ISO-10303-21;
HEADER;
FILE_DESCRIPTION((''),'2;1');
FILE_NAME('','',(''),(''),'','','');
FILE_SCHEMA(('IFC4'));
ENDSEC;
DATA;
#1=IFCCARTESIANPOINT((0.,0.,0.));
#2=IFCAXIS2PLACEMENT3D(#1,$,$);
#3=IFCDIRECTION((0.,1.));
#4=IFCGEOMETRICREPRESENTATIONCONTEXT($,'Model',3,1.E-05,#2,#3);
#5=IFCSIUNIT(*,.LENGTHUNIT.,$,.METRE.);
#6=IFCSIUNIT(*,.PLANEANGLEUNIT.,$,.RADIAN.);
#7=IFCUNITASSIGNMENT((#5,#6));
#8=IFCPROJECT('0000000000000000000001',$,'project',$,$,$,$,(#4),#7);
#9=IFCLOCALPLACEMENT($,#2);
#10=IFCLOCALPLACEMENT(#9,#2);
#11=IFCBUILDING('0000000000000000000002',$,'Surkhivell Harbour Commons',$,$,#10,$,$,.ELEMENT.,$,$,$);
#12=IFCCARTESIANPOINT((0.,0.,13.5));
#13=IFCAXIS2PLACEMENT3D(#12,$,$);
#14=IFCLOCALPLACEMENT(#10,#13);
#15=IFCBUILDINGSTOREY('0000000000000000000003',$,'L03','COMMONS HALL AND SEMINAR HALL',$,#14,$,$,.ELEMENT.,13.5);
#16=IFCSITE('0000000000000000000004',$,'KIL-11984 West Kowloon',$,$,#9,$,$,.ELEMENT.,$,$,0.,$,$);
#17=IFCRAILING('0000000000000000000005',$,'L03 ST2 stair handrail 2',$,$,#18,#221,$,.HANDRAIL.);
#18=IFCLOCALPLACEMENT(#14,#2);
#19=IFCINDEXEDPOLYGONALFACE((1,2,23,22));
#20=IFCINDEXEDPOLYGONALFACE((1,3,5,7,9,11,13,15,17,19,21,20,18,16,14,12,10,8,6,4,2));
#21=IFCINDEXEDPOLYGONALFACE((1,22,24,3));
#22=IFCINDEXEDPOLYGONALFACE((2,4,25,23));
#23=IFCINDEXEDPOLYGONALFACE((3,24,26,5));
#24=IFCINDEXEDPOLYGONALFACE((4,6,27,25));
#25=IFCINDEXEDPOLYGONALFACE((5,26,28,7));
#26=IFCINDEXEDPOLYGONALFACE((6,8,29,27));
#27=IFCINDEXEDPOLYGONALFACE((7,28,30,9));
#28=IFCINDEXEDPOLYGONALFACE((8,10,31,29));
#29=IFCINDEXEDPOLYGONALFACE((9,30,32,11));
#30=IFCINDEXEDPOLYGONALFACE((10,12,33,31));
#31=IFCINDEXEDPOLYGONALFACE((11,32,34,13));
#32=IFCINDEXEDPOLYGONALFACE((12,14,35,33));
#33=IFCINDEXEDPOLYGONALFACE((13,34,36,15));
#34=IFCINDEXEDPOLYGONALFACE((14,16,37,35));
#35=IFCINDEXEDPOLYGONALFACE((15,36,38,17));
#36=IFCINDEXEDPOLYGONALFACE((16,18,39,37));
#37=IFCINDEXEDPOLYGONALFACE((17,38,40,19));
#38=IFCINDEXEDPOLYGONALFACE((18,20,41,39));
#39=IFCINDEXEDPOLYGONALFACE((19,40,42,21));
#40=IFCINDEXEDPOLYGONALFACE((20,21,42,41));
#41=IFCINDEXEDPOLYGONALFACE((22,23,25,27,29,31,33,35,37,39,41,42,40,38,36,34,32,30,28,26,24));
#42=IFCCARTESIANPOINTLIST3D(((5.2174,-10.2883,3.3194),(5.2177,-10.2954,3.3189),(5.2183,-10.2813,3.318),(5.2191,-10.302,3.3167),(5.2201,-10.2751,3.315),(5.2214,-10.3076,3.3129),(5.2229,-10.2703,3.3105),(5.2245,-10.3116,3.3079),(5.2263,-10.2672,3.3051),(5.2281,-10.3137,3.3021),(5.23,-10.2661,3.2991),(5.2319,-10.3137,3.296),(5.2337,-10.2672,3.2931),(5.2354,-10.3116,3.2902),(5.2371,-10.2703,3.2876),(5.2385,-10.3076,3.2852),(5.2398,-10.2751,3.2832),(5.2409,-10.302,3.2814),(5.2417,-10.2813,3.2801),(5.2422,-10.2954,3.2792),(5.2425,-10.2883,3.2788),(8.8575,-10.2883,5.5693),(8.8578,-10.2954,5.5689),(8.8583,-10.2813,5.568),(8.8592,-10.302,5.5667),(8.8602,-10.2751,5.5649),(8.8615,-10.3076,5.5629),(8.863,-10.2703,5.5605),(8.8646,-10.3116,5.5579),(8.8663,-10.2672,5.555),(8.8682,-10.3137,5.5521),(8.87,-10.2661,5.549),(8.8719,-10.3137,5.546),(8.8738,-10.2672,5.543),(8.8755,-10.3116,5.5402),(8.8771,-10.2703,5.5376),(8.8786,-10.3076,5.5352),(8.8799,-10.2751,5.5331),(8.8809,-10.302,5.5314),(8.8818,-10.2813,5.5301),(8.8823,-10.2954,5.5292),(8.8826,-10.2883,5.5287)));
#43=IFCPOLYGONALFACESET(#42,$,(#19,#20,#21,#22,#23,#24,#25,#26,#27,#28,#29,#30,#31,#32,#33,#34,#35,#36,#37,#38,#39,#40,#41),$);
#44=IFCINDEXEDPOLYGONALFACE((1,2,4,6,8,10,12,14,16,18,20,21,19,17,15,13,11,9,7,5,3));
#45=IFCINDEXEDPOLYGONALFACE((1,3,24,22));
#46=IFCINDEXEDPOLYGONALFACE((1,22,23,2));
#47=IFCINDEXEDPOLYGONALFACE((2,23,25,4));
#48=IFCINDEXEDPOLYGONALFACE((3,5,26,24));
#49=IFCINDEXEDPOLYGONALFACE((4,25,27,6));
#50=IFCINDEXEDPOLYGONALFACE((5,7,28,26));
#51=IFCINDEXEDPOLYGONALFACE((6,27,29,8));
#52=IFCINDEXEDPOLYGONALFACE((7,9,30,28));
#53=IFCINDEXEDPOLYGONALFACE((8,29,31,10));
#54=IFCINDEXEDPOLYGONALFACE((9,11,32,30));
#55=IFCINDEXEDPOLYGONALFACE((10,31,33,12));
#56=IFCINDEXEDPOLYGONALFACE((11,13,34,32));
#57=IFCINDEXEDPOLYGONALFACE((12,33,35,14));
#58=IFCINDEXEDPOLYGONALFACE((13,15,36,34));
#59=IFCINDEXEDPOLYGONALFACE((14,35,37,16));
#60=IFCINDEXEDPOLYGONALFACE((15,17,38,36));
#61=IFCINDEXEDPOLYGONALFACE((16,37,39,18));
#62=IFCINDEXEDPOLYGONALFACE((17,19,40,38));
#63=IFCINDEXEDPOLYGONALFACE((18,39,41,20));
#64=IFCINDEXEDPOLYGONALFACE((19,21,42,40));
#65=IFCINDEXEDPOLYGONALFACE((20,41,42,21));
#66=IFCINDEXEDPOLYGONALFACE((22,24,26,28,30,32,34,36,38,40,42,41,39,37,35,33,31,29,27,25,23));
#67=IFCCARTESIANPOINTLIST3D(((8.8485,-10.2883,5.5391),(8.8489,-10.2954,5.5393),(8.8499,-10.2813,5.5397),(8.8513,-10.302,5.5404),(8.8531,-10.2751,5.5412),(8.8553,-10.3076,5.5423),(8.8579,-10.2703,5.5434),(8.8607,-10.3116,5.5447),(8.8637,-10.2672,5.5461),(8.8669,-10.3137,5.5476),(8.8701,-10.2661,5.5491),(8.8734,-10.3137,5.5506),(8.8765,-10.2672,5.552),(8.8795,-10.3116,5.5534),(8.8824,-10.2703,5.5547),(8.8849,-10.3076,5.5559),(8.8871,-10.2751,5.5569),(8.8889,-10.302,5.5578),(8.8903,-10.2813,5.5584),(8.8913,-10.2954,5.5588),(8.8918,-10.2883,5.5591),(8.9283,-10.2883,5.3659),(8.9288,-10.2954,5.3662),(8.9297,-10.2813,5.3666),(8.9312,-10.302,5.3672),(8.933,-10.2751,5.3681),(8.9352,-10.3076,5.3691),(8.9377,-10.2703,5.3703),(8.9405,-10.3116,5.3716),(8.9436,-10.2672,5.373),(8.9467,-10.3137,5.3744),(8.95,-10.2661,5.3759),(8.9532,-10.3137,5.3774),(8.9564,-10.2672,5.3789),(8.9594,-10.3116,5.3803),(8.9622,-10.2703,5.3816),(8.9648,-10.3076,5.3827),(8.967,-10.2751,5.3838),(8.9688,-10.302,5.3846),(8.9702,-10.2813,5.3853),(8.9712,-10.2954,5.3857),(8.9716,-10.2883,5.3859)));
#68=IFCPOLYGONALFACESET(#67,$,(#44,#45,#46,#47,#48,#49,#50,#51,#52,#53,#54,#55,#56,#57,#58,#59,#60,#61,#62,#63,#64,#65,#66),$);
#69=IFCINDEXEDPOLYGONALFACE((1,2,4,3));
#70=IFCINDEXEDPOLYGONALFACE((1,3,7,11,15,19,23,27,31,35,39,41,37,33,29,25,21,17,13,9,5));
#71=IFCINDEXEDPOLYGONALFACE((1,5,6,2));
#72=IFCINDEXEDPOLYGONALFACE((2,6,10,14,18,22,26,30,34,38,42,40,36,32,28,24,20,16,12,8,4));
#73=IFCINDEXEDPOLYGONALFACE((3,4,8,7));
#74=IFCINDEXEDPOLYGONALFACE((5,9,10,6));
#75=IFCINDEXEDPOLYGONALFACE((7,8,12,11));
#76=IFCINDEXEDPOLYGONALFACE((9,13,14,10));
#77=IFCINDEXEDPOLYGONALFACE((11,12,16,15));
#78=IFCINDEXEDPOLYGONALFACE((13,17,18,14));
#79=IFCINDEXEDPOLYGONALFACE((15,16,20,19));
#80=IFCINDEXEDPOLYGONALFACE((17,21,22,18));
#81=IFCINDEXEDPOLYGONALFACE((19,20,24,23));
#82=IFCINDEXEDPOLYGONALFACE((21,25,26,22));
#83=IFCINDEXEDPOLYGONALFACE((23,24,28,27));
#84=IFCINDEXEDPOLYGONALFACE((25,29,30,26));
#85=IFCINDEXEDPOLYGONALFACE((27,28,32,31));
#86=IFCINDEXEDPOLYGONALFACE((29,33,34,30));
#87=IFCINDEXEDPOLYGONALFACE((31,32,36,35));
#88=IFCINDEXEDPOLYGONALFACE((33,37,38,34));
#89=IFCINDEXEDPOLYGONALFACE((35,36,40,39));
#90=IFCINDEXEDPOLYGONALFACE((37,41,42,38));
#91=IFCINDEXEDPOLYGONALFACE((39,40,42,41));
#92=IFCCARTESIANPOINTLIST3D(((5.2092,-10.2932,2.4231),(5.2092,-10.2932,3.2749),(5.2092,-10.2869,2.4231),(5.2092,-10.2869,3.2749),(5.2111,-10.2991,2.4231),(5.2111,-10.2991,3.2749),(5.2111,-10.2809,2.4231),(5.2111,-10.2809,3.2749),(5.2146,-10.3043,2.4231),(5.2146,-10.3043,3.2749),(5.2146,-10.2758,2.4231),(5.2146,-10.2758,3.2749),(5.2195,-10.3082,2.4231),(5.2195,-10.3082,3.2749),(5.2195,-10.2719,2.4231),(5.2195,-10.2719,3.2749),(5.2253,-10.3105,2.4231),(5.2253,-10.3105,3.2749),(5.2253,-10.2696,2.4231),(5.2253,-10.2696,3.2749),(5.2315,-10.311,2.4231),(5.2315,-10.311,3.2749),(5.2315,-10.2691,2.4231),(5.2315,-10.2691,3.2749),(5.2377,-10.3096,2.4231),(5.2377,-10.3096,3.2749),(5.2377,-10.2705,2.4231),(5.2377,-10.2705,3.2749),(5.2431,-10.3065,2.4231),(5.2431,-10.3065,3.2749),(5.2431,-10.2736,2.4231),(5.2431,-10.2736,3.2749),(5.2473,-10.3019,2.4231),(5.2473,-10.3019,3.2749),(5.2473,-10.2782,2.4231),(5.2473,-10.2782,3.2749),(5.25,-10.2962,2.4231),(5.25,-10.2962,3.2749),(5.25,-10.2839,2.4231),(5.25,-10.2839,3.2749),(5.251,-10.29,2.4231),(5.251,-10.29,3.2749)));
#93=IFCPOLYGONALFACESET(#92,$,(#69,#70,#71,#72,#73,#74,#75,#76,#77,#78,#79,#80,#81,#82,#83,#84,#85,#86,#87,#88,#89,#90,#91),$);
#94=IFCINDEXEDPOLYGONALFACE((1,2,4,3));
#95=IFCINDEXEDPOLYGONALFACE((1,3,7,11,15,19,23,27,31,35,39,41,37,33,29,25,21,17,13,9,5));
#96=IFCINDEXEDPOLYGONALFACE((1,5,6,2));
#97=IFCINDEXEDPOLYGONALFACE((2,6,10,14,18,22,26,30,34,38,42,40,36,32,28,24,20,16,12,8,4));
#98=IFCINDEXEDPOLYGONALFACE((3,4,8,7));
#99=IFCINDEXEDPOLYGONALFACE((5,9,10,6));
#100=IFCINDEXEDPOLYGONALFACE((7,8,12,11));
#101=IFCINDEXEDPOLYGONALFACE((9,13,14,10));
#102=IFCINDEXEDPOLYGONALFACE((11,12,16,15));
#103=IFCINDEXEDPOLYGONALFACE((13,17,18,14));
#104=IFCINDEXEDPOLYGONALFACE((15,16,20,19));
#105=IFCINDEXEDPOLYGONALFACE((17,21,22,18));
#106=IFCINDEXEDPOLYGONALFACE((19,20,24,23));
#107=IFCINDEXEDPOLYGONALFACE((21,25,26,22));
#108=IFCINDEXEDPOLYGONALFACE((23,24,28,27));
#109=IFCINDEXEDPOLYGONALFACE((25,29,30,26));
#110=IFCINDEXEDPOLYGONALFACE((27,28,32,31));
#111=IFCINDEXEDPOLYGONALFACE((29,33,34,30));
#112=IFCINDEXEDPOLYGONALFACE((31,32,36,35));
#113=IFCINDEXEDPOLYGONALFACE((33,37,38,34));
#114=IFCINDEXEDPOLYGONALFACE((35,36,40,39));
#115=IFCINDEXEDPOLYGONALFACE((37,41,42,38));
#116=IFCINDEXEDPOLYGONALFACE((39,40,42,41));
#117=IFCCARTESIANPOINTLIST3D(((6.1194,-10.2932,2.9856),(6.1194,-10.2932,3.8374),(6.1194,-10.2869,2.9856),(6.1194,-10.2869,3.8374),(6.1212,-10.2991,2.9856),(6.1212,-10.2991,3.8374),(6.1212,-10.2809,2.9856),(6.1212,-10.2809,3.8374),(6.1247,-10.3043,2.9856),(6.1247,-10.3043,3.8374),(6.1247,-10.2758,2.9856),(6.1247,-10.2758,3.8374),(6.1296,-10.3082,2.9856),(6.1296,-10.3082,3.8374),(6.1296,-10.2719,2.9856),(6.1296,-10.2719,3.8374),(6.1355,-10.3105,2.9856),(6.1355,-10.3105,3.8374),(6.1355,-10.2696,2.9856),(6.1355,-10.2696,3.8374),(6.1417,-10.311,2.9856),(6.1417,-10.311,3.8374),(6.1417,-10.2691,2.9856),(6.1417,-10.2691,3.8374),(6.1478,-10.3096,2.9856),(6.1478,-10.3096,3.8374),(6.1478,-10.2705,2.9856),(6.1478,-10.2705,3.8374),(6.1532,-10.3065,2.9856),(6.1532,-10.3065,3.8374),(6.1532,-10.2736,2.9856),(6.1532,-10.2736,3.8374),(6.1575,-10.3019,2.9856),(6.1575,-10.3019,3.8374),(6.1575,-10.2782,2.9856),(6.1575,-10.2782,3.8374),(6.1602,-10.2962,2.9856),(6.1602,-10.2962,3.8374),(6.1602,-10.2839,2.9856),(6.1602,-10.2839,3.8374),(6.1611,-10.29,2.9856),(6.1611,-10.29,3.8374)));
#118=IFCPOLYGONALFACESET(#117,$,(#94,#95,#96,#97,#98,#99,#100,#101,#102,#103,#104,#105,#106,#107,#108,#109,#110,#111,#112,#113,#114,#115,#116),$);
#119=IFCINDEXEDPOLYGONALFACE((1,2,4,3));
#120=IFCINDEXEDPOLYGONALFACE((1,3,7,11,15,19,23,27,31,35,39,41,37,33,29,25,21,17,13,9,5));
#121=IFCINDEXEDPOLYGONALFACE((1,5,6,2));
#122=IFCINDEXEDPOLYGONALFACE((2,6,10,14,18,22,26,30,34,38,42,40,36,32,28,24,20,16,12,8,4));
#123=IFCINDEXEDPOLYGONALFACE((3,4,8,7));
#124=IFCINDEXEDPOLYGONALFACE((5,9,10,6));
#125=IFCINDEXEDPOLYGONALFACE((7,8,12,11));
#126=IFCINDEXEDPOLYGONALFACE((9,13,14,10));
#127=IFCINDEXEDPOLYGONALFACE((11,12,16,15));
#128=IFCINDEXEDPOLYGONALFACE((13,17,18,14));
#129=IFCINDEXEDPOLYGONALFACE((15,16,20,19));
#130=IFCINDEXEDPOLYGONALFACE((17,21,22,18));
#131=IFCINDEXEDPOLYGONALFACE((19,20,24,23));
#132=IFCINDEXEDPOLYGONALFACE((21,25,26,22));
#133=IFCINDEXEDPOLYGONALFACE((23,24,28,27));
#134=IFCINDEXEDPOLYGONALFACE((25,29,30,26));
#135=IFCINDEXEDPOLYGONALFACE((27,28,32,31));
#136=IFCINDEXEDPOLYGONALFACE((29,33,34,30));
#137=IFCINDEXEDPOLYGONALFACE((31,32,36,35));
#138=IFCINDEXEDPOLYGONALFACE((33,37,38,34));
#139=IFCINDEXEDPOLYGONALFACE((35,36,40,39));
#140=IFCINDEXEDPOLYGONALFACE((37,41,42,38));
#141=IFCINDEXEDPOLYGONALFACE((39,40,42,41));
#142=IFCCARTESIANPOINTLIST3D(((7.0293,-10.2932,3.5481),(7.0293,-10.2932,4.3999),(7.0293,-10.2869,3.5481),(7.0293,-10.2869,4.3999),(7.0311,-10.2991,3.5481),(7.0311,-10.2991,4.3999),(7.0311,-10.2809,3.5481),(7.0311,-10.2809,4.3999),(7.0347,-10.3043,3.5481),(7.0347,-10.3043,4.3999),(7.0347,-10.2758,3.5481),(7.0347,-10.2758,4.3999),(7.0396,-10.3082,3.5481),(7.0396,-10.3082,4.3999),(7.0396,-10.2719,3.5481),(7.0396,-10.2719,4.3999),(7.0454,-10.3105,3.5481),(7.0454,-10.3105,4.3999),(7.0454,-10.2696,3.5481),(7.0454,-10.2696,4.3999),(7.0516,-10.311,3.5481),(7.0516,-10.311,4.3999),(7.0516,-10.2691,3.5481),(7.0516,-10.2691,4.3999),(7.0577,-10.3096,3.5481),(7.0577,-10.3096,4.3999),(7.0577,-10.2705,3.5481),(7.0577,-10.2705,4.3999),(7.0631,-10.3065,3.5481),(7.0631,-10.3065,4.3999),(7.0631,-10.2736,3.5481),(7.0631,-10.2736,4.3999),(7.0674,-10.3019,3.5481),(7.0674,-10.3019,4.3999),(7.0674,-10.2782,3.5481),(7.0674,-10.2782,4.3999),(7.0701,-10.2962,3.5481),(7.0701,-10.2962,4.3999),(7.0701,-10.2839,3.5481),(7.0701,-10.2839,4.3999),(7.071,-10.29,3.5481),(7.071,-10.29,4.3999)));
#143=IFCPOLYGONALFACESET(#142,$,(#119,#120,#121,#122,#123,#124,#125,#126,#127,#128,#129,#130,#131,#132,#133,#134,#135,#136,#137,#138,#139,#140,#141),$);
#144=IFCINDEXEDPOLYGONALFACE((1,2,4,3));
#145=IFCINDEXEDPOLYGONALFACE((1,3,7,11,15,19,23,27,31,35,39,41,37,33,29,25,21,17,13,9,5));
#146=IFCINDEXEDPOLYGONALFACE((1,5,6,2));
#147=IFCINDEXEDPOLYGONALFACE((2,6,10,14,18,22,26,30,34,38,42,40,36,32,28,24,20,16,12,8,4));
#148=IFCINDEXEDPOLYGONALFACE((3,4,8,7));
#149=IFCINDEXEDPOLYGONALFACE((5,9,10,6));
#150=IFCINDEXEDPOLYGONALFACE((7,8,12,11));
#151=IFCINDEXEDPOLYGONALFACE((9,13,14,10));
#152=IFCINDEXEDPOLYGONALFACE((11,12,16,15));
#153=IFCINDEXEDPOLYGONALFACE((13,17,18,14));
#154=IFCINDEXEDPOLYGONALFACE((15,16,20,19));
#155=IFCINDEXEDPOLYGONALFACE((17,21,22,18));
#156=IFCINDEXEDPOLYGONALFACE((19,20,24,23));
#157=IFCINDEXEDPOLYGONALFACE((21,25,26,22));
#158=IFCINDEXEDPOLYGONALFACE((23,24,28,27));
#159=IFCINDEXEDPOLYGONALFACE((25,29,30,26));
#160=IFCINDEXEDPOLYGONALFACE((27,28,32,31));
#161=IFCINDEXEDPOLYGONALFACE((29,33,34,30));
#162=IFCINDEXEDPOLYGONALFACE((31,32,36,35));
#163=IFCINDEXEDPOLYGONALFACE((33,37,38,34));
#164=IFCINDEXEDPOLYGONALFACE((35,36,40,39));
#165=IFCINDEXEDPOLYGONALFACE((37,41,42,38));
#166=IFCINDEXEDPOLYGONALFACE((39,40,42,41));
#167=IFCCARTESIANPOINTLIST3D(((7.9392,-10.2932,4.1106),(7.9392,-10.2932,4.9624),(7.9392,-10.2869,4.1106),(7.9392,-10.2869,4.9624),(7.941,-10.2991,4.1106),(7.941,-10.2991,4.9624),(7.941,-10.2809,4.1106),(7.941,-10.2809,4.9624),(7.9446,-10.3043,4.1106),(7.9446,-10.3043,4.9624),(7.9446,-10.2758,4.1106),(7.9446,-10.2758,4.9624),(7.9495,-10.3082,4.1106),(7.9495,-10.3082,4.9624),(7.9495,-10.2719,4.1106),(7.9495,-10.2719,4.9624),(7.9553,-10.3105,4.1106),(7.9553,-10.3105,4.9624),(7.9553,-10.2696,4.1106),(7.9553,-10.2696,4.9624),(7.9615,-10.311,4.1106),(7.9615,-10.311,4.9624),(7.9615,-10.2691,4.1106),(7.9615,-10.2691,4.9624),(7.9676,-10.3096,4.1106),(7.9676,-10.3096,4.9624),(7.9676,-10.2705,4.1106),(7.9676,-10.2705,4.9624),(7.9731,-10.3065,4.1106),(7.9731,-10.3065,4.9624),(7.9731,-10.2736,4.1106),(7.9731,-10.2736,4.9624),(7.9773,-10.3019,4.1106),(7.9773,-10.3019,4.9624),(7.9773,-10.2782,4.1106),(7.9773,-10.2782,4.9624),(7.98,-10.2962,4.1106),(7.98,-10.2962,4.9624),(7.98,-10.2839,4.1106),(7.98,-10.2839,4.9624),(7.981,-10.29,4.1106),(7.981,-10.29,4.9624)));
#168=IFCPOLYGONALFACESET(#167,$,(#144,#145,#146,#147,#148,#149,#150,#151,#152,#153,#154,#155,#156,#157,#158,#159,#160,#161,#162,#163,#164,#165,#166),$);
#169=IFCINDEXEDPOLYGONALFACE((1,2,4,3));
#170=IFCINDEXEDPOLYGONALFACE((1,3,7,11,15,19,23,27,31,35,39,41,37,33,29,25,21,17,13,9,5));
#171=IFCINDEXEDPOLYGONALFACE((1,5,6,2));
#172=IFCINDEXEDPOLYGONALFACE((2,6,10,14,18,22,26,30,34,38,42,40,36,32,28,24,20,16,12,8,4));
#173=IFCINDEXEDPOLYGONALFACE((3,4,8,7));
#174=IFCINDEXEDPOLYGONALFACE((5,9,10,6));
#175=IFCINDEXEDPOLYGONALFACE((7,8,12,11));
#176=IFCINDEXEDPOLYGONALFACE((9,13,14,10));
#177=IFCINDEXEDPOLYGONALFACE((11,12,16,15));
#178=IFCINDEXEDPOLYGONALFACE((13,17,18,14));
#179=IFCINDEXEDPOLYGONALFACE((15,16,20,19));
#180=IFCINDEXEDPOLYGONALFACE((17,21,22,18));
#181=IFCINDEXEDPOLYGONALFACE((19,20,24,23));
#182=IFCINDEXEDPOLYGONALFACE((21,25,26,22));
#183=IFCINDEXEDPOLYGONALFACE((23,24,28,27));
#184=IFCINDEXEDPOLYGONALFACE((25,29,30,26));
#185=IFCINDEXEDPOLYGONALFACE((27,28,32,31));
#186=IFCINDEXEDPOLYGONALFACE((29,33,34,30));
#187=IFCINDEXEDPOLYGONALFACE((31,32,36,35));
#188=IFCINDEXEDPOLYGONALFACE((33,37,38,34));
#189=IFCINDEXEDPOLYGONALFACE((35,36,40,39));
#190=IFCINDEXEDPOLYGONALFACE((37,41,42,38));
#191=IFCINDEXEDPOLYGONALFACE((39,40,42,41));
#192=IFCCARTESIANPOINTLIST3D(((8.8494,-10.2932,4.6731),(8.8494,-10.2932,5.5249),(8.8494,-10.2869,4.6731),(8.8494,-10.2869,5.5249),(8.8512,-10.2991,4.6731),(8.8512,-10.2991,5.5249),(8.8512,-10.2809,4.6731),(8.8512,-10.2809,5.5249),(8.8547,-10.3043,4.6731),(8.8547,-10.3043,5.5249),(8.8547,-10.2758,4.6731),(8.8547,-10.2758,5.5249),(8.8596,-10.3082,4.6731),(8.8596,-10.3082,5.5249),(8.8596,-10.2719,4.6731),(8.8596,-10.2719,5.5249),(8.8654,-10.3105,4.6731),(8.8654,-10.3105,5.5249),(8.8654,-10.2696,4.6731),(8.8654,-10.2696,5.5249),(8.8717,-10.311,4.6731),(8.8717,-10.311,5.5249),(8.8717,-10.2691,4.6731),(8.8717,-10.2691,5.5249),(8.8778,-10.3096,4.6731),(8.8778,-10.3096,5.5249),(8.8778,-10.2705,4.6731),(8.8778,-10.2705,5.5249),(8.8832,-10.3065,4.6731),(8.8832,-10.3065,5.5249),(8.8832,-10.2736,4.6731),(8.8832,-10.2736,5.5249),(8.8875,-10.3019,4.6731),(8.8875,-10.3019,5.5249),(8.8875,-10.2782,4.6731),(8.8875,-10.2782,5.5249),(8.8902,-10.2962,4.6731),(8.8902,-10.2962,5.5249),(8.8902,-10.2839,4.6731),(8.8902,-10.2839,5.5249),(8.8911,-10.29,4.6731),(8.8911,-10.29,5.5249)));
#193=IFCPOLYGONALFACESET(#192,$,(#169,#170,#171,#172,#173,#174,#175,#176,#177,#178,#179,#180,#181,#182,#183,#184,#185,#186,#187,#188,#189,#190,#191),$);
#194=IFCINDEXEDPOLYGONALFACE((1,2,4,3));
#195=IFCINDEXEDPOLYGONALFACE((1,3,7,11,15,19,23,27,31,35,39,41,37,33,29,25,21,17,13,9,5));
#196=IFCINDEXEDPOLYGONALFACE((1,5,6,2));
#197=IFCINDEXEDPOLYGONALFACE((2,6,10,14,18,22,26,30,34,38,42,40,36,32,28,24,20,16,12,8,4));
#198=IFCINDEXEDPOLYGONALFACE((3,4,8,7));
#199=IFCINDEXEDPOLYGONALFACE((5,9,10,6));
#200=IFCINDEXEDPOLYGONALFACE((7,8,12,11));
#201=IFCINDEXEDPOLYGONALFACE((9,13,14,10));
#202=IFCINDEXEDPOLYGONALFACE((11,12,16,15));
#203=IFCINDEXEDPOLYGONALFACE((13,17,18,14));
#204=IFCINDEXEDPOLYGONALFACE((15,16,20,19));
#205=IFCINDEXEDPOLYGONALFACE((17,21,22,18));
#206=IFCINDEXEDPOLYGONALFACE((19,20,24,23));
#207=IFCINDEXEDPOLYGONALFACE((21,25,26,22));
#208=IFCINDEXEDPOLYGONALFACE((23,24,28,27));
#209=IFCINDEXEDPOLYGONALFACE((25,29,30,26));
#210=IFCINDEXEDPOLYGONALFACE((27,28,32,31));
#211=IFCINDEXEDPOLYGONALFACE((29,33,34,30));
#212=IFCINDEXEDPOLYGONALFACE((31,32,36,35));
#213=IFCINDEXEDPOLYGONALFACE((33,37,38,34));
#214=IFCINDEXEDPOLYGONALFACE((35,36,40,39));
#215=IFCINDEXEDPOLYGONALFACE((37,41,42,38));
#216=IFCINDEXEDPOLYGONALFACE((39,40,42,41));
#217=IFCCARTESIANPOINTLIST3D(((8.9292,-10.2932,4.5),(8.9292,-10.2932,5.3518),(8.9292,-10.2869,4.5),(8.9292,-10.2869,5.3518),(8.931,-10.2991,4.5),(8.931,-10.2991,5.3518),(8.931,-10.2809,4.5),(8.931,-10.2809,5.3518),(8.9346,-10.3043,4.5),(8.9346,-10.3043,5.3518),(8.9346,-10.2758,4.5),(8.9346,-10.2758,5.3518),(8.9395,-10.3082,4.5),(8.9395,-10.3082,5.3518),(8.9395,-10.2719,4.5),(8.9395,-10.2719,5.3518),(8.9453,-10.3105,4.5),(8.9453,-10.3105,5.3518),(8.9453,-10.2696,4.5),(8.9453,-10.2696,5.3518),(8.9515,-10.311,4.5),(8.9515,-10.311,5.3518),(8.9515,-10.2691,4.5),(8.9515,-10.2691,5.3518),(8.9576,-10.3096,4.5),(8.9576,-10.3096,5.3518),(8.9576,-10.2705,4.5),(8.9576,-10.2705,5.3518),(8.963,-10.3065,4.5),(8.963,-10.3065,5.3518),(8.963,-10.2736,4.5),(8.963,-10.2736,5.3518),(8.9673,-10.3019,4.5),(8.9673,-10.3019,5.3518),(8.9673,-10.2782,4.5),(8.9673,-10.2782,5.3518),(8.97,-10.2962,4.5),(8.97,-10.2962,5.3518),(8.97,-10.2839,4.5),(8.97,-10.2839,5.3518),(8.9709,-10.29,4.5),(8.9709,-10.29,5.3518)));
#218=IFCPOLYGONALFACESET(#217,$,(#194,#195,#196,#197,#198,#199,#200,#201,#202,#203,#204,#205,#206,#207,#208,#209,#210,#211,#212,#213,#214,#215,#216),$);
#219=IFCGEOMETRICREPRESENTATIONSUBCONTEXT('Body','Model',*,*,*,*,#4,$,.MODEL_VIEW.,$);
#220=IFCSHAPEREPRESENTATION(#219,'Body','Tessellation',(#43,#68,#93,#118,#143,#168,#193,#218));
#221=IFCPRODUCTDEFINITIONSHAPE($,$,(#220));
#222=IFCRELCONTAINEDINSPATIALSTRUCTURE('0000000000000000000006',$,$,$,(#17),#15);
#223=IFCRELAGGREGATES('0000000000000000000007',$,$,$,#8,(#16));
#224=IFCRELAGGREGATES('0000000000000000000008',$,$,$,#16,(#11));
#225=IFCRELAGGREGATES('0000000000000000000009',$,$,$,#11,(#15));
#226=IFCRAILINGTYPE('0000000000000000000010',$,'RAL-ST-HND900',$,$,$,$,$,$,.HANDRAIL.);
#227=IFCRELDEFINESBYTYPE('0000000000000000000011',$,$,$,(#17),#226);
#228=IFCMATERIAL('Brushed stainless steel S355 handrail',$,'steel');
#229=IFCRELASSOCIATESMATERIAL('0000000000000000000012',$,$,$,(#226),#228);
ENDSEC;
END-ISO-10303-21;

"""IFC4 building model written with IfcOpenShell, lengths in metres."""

from ifc_helpers import new_model, si_unit, direction, frame, origin, origin_2d, place, context, subcontext, project, spatial, circle, extrude, material, type_object, element, save


model = new_model("IFC4")

# Units and contexts
model_context = context("Model", 3, precision=1e-05, world=origin(), true_north=direction((0.0, 1.0)))
body_context = subcontext(model_context, "Body", "Model", "MODEL_VIEW")
ifc_project = project(units=[si_unit("LENGTHUNIT", "METRE"), si_unit("PLANEANGLEUNIT", "RADIAN")], contexts=[model_context])

# Site, building, storey
site_placement = place(None, origin())
site = spatial("IfcSite", under=ifc_project, at=site_placement, Name="KIL-11984 West Kowloon", CompositionType="ELEMENT", RefElevation=0.0)
building_placement = place(site_placement, origin())
building = spatial("IfcBuilding", under=site, at=building_placement, Name="Surkhivell Harbour Commons", CompositionType="ELEMENT")
storey_placement = place(building_placement, frame((0.0, 0.0, 13.5)))
storey = spatial("IfcBuildingStorey", under=building, at=storey_placement, Name="L03", Description="COMMONS HALL AND SEMINAR HALL", CompositionType="ELEMENT", Elevation=13.5)

# Railing
ifc_material_1 = material(Name="Brushed stainless steel S355 handrail", Category="steel")
railing_type_1 = type_object("IfcRailingType", Name="RAL-ST-HND900", PredefinedType="HANDRAIL", material=ifc_material_1)
railing_1_placement = place(storey_placement, frame((5.23, -10.29, 2.4231)))
element("IfcRailing", 1, at=railing_1_placement, inside=storey, type_object=railing_type_1, Name="L03 ST2 stair handrail 2", PredefinedType="HANDRAIL", context=body_context, shape_type="SweptSolid", body=[
    extrude(circle(Radius=0.0239, at=origin_2d()), frame((0.0, 0.0, 0.876), z_axis=(0.850622, 0.0, 0.525777), x_axis=(0.0, 1.0, 0.0)), (0.0, 0.0, 1.0), 4.2793),
    extrude(circle(Radius=0.0239, at=origin_2d()), frame((3.6401, 0.0, 3.126), z_axis=(0.418815, 0.0, -0.908072), x_axis=(0.0, 1.0, 0.0)), (0.0, 0.0, 1.0), 0.1907),
    extrude(circle(Radius=0.021, at=origin_2d()), origin(), (0.0, 0.0, 1.0), 0.8518),
    extrude(circle(Radius=0.021, at=origin_2d()), frame((0.9102, 0.0, 0.5625)), (0.0, 0.0, 1.0), 0.8518),
    extrude(circle(Radius=0.021, at=origin_2d()), frame((1.8201, 0.0, 1.125)), (0.0, 0.0, 1.0), 0.8518),
    extrude(circle(Radius=0.021, at=origin_2d()), frame((2.73, 0.0, 1.6875)), (0.0, 0.0, 1.0), 0.8518),
    extrude(circle(Radius=0.021, at=origin_2d()), frame((3.6401, 0.0, 2.25)), (0.0, 0.0, 1.0), 0.8518),
    extrude(circle(Radius=0.021, at=origin_2d()), frame((3.72, 0.0, 2.0769)), (0.0, 0.0, 1.0), 0.8518),
])

save(model, "model.ifc")
